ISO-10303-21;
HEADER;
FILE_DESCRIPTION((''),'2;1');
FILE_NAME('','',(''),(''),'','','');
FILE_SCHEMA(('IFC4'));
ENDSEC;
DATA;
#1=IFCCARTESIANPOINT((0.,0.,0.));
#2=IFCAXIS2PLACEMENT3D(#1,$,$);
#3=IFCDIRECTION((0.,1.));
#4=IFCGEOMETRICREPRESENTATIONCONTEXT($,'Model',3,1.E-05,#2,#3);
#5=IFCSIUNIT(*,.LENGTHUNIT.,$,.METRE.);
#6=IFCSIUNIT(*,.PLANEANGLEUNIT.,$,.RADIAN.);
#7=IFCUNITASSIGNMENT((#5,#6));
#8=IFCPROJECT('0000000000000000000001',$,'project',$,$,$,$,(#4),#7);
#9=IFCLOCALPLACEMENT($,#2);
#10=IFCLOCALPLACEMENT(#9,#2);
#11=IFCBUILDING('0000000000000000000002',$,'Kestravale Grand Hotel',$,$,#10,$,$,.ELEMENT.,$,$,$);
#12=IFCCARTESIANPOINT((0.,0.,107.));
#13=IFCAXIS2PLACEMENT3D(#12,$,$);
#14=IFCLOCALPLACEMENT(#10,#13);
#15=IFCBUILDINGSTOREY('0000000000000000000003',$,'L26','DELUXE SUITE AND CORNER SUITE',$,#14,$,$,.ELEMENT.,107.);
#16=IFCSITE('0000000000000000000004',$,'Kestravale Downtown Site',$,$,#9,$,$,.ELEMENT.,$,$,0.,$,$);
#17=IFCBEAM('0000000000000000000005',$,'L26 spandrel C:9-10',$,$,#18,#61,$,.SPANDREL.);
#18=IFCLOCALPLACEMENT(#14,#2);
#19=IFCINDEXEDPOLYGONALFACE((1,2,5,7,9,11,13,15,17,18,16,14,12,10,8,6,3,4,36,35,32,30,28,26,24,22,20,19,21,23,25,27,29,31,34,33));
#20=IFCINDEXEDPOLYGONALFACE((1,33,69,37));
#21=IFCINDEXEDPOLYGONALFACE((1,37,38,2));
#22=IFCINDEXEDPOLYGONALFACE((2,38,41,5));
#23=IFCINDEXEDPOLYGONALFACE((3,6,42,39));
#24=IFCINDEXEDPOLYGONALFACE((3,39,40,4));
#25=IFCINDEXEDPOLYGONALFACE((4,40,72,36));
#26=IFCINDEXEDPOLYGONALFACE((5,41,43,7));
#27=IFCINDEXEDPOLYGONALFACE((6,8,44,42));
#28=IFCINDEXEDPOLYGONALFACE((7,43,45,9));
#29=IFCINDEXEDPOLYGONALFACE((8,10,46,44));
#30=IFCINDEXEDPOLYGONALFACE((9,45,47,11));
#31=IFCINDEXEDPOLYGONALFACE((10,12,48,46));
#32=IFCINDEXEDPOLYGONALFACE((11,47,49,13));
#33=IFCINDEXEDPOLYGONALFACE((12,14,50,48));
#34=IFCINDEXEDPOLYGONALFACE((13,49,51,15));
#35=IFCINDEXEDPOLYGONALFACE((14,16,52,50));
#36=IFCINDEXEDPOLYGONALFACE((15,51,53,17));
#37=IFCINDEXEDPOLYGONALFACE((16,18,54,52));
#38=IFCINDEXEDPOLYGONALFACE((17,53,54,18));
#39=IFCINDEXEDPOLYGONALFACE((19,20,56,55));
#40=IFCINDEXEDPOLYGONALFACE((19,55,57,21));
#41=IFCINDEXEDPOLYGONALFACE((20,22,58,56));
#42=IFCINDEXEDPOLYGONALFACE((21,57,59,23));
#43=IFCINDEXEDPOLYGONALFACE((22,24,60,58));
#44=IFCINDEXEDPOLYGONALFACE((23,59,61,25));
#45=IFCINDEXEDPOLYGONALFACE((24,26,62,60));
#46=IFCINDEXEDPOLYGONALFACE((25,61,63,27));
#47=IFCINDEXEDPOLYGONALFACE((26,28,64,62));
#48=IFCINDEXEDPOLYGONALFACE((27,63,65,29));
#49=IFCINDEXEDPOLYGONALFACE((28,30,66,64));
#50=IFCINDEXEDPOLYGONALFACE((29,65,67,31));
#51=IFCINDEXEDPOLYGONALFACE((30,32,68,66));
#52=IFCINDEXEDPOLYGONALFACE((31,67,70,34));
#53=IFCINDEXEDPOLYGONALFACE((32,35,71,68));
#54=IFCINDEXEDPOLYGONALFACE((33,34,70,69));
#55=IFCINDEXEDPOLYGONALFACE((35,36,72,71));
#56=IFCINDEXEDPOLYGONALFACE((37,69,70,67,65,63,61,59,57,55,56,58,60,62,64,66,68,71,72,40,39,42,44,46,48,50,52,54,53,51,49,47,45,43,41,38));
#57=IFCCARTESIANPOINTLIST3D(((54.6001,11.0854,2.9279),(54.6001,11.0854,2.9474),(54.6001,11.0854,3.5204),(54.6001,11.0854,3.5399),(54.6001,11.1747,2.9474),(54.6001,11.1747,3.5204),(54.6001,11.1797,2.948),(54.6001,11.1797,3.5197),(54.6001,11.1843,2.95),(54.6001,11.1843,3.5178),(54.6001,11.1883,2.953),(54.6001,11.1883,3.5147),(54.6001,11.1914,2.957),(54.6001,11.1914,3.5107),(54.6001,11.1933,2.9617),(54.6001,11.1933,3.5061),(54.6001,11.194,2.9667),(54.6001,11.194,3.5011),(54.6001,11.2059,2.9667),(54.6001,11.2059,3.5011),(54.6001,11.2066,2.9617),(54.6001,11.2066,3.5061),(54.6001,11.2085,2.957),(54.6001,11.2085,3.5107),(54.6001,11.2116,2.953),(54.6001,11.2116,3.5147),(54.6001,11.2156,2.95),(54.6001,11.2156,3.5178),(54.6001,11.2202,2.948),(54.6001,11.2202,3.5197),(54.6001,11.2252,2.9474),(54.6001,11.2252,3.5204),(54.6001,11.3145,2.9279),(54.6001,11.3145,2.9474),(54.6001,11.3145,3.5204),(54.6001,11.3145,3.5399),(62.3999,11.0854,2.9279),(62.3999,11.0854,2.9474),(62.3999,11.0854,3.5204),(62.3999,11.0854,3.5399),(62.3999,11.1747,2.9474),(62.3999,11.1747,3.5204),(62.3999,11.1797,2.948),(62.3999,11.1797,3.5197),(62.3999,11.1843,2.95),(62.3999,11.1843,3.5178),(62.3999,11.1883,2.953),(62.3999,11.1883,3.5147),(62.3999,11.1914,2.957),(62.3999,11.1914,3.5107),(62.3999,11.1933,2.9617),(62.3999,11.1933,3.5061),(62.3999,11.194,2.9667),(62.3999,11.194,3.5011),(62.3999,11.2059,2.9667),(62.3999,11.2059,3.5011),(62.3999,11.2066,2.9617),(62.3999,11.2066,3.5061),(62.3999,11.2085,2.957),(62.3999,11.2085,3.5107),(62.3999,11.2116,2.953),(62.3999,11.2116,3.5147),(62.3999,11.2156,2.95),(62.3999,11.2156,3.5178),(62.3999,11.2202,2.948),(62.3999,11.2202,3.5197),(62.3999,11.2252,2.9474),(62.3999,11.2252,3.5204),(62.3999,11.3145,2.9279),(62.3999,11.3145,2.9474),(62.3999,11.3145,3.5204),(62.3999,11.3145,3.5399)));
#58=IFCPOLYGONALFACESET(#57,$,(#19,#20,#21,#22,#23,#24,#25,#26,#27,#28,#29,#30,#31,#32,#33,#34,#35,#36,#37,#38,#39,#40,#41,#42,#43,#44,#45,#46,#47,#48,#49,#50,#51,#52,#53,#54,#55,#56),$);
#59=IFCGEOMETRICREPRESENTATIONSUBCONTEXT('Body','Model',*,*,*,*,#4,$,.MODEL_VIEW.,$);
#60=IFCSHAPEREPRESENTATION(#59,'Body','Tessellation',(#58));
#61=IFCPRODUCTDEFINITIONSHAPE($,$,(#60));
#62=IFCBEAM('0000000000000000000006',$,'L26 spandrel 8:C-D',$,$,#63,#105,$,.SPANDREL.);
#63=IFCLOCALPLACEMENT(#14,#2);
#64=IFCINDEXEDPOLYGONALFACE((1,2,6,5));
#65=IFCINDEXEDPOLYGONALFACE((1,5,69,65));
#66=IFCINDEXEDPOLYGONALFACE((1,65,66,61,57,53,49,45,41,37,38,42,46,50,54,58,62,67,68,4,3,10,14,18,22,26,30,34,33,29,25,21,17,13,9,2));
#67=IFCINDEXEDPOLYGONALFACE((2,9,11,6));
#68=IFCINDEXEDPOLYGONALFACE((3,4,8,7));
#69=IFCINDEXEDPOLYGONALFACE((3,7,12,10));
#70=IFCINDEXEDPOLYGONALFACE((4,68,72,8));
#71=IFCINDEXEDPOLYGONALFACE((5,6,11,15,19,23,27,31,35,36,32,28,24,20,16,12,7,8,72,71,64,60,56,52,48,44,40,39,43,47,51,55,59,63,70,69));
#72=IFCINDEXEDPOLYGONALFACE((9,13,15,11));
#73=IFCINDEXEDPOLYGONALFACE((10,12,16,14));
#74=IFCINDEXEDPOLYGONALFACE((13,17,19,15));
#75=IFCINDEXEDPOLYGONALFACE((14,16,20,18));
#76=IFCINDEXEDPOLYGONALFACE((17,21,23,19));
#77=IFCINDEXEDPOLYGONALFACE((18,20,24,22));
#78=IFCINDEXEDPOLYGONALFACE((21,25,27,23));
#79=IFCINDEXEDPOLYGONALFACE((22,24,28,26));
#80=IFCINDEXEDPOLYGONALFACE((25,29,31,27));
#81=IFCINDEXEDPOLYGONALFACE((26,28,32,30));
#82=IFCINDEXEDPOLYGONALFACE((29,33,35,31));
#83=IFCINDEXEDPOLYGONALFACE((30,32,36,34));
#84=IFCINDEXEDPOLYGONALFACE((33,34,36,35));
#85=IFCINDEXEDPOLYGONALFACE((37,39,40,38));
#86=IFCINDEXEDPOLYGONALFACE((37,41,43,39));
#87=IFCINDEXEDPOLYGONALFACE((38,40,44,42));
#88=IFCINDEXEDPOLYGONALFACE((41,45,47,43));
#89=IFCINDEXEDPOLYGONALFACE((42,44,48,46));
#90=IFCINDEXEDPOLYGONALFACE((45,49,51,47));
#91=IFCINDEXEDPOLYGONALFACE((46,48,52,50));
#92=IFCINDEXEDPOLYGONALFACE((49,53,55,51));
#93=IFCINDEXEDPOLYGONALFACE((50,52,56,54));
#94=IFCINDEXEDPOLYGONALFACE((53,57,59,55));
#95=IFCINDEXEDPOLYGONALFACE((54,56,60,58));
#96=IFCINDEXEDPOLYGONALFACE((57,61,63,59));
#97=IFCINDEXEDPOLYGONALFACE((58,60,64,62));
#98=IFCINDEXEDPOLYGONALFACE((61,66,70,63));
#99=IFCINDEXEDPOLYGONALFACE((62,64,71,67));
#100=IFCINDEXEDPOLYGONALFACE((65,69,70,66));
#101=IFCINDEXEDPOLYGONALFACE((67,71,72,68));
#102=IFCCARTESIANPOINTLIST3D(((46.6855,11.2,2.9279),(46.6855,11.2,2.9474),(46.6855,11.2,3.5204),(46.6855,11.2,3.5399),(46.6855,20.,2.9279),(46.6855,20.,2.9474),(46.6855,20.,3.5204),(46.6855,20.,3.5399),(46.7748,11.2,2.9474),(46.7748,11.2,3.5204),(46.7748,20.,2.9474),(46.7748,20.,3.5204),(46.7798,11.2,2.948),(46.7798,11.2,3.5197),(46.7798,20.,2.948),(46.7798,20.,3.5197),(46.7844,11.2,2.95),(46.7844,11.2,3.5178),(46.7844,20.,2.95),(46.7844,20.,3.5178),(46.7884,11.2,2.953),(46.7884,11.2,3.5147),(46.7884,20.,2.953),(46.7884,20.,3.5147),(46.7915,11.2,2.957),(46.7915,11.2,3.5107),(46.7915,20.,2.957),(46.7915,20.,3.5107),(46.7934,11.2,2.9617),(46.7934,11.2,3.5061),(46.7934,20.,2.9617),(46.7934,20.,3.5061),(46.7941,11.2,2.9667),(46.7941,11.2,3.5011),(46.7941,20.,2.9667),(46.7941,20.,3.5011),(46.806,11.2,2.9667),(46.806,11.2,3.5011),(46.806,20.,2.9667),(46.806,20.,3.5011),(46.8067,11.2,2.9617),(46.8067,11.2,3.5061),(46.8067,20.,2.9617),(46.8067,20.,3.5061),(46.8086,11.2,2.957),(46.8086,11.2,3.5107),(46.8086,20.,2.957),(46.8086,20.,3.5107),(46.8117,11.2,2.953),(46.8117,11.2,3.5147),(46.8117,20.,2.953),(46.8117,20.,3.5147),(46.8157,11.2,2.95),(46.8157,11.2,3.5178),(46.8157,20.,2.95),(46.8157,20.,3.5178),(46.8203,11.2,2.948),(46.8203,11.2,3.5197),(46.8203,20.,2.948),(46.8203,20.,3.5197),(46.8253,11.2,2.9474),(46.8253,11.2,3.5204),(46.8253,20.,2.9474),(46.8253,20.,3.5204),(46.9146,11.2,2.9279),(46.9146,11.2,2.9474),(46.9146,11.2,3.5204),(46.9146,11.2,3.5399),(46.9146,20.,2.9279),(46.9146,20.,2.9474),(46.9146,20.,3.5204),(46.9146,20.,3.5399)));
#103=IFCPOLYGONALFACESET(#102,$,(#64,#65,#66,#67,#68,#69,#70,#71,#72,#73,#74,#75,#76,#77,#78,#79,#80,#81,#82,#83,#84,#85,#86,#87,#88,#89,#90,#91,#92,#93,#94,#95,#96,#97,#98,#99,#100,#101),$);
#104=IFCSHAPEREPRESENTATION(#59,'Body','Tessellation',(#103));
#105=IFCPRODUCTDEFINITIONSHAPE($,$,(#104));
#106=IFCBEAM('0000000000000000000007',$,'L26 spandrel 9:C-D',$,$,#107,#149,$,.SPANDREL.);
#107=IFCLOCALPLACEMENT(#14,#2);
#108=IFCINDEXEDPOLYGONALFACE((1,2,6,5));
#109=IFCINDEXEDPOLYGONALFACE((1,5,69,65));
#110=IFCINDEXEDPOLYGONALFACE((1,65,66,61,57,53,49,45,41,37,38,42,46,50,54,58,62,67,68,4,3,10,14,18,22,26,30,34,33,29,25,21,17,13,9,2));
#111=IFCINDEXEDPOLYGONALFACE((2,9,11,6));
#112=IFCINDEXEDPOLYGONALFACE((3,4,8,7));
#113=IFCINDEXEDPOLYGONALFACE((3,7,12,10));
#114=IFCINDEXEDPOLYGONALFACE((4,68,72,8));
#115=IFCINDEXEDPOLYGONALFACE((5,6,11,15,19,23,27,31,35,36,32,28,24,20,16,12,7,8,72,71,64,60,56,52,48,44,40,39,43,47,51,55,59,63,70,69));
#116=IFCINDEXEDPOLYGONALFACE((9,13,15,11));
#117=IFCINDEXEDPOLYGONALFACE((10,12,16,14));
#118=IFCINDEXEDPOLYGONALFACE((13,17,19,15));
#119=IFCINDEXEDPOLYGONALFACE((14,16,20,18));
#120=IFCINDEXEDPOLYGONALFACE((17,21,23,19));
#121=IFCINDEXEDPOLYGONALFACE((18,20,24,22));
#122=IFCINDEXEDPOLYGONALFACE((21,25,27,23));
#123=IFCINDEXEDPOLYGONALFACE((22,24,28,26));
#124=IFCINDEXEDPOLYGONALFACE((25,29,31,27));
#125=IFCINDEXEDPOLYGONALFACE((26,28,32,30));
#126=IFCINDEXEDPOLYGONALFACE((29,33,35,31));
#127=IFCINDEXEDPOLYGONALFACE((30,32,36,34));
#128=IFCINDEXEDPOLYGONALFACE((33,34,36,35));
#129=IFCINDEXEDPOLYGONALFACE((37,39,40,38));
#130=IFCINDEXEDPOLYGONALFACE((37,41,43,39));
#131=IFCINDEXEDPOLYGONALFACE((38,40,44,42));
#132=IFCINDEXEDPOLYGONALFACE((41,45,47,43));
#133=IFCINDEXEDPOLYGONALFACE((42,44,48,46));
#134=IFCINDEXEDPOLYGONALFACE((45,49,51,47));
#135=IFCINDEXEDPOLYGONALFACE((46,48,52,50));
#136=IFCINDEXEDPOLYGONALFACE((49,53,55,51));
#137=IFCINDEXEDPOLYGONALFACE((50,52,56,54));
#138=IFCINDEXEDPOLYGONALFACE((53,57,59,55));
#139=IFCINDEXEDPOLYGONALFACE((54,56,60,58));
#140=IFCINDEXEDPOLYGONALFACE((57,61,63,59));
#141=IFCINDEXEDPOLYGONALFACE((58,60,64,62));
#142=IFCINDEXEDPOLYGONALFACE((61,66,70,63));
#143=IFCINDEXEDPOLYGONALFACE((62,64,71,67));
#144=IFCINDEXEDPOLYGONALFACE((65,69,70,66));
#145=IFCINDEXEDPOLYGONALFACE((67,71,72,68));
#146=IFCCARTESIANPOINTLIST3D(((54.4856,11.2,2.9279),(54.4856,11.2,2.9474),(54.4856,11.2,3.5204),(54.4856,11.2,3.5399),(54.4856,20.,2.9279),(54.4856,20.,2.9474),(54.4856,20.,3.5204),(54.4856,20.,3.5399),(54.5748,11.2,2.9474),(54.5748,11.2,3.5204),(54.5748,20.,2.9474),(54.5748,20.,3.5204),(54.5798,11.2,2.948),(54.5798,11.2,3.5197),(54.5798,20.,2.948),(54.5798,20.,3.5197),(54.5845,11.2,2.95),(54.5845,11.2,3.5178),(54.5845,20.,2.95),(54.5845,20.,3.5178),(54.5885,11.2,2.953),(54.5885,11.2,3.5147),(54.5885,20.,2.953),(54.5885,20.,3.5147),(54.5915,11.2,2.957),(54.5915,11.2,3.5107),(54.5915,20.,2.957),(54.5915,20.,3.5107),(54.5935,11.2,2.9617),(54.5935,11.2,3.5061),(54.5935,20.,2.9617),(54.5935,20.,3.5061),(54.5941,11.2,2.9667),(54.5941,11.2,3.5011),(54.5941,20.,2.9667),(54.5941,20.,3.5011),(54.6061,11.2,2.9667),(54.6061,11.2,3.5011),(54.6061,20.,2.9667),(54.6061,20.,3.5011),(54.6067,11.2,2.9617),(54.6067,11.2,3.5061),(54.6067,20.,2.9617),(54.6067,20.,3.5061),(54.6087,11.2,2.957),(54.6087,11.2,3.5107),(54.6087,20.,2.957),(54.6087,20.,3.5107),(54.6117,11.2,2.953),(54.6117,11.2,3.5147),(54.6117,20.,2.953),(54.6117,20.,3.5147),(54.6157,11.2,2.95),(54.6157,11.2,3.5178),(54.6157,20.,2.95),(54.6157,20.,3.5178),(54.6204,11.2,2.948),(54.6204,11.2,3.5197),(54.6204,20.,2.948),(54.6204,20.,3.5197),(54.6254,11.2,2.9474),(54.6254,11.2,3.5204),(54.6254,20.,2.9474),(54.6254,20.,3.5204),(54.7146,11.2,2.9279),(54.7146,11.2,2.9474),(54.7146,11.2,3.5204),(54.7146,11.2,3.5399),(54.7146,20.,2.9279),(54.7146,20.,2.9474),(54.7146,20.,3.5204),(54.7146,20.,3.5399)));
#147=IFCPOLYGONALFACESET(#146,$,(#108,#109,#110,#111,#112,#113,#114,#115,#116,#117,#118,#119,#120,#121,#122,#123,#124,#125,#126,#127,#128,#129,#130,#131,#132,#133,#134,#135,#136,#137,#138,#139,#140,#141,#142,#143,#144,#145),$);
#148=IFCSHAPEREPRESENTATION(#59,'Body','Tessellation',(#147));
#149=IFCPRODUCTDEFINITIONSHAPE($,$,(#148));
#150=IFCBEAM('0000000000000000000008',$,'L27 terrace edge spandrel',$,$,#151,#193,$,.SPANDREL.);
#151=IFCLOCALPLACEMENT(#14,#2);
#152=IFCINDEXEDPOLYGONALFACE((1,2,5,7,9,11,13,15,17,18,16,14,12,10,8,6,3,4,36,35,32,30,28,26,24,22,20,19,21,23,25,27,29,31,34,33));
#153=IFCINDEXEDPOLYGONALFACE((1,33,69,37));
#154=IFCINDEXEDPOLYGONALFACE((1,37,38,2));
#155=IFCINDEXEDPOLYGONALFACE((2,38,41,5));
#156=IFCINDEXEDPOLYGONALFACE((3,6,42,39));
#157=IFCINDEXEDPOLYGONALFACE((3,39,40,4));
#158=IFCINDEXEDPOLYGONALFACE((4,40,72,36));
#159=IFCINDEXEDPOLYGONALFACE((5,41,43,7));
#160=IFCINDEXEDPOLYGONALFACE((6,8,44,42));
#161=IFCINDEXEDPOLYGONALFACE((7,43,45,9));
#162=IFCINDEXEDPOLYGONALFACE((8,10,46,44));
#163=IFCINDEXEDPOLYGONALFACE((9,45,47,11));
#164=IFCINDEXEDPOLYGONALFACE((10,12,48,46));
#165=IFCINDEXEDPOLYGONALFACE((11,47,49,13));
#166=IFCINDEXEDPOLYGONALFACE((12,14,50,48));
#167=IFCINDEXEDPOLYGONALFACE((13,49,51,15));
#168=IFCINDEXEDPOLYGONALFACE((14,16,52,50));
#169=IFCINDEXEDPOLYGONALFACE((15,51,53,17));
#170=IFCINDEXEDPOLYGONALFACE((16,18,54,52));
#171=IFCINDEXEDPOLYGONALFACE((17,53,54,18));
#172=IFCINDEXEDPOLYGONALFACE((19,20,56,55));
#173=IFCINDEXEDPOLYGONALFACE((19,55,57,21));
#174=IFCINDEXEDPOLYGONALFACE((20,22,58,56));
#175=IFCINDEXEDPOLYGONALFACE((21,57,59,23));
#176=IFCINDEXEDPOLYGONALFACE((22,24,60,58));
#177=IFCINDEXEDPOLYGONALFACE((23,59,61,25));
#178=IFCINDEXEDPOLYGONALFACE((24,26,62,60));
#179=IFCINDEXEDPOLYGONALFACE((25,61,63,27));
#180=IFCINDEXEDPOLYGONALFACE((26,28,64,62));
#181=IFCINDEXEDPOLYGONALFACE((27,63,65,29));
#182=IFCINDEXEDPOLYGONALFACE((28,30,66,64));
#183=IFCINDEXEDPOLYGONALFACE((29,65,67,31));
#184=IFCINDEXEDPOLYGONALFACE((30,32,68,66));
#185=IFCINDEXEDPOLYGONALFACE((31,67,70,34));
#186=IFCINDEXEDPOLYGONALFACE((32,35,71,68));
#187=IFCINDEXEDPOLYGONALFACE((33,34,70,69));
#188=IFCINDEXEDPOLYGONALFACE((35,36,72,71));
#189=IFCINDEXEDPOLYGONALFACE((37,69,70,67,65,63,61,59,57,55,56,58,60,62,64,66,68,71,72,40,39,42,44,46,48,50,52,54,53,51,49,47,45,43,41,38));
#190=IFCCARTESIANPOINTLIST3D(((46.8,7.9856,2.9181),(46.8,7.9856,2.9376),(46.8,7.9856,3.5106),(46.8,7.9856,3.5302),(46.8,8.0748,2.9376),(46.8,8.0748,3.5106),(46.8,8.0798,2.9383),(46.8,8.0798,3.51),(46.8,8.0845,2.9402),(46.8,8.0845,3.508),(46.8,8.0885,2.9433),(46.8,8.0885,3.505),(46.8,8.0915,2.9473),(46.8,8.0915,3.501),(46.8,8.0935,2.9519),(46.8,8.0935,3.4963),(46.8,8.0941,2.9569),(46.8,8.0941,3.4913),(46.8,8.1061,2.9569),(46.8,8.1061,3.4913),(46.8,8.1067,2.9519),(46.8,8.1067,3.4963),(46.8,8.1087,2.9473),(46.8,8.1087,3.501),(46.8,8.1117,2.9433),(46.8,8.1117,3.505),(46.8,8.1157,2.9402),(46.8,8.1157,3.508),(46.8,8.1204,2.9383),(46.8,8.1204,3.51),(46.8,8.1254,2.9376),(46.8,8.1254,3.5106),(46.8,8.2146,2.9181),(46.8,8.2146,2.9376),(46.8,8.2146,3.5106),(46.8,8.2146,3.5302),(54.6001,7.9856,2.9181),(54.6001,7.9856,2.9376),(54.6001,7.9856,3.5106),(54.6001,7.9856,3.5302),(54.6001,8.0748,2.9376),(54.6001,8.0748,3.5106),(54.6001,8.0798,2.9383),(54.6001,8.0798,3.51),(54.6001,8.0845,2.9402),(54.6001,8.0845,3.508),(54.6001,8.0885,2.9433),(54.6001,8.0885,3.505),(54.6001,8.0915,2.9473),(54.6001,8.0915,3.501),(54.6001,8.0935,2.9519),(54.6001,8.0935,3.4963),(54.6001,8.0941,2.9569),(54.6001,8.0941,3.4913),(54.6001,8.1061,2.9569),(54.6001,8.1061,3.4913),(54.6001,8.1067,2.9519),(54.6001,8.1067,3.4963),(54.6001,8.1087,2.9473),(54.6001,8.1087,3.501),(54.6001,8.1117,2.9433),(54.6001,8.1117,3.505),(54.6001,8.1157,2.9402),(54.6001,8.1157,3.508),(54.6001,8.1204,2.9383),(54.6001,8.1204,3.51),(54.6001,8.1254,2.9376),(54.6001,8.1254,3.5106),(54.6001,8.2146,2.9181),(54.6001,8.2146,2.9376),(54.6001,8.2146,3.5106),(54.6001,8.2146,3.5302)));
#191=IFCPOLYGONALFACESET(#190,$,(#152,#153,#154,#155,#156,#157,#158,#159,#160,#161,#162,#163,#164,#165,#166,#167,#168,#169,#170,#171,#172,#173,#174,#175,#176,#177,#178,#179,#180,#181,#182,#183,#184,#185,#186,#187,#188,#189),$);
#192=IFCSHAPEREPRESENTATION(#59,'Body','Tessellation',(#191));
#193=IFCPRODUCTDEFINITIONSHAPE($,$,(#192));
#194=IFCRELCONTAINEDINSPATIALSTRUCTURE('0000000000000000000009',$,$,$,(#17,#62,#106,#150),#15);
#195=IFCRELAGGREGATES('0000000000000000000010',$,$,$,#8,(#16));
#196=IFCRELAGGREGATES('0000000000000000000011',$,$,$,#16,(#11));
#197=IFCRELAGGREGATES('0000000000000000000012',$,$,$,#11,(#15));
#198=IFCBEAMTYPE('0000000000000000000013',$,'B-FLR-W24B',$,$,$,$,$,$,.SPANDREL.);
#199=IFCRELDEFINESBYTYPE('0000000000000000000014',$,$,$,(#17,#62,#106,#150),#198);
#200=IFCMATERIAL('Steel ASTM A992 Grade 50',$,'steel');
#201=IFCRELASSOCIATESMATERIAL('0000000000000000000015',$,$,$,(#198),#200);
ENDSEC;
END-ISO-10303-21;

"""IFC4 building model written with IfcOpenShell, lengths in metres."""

from ifc_helpers import new_model, si_unit, direction, frame, origin, origin_2d, place, context, subcontext, project, spatial, i_section, extrude, material, material_profile, profile_set, type_object, element, save


model = new_model("IFC4")

# Units and contexts
model_context = context("Model", 3, precision=1e-05, world=origin(), true_north=direction((0.0, 1.0)))
body_context = subcontext(model_context, "Body", "Model", "MODEL_VIEW")
ifc_project = project(units=[si_unit("LENGTHUNIT", "METRE"), si_unit("PLANEANGLEUNIT", "RADIAN")], contexts=[model_context])

# Site, building, storey
site_placement = place(None, origin())
site = spatial("IfcSite", under=ifc_project, at=site_placement, Name="Kestravale Downtown Site", CompositionType="ELEMENT", RefElevation=0.0)
building_placement = place(site_placement, origin())
building = spatial("IfcBuilding", under=site, at=building_placement, Name="Kestravale Grand Hotel", CompositionType="ELEMENT")
storey_placement = place(building_placement, frame((0.0, 0.0, 107.0)))
storey = spatial("IfcBuildingStorey", under=building, at=storey_placement, Name="L26", Description="DELUXE SUITE AND CORNER SUITE", CompositionType="ELEMENT", Elevation=107.0)

# Beams
ifc_material_1 = material(Name="Steel ASTM A992 Grade 50", Category="steel")
ifc_material_profile_1 = material_profile(ifc_material_1, i_section(OverallWidth=0.229, OverallDepth=0.6121, WebThickness=0.012, FlangeThickness=0.0195, FilletRadius=0.0193, at=origin_2d()))
ifc_profile_set_1 = profile_set([ifc_material_profile_1], Name="Steel ASTM A992 Grade 50")
beam_type_1 = type_object("IfcBeamType", Name="B-FLR-W24B", PredefinedType="SPANDREL", material=ifc_profile_set_1)
beam_1_placement = place(storey_placement, frame((54.6001, 11.2, 3.2339), z_axis=(1.0, 0.0, 0.0), x_axis=(0.0, 1.0, 0.0)))
element("IfcBeam", 1, at=beam_1_placement, inside=storey, type_object=beam_type_1, Name="L26 spandrel C:9-10", PredefinedType="SPANDREL", context=body_context, shape_type="SweptSolid", body=[
    extrude(i_section(OverallWidth=0.229, OverallDepth=0.6121, WebThickness=0.012, FlangeThickness=0.0195, FilletRadius=0.0193, at=origin_2d()), origin(), (0.0, 0.0, 1.0), 7.7998),
])
for number, where, z_axis, x_axis, name in (
    (2, (46.8, 11.2, 3.2339), (0.0, 1.0, 0.0), (-1.0, 0.0, 0.0), "L26 spandrel 8:C-D"),
    (3, (54.6001, 11.2, 3.2339), (0.0, 1.0, 0.0), (-1.0, 0.0, 0.0), "L26 spandrel 9:C-D"),
):
    element("IfcBeam", number, at=place(storey_placement, frame(where, z_axis=z_axis, x_axis=x_axis)), inside=storey, type_object=beam_type_1, Name=name, PredefinedType="SPANDREL", context=body_context, shape_type="SweptSolid", body=[
        extrude(i_section(OverallWidth=0.229, OverallDepth=0.6121, WebThickness=0.012, FlangeThickness=0.0195, FilletRadius=0.0193, at=origin_2d()), origin(), (0.0, 0.0, 1.0), 8.8),
    ])
beam_2_placement = place(storey_placement, frame((46.8, 8.1001, 3.2241), z_axis=(1.0, 0.0, 0.0), x_axis=(0.0, 1.0, 0.0)))
element("IfcBeam", 4, at=beam_2_placement, inside=storey, type_object=beam_type_1, Name="L27 terrace edge spandrel", PredefinedType="SPANDREL", context=body_context, shape_type="SweptSolid", body=[
    extrude(i_section(OverallWidth=0.229, OverallDepth=0.6121, WebThickness=0.012, FlangeThickness=0.0195, FilletRadius=0.0193, at=origin_2d()), origin(), (0.0, 0.0, 1.0), 7.8),
])

save(model, "model.ifc")
